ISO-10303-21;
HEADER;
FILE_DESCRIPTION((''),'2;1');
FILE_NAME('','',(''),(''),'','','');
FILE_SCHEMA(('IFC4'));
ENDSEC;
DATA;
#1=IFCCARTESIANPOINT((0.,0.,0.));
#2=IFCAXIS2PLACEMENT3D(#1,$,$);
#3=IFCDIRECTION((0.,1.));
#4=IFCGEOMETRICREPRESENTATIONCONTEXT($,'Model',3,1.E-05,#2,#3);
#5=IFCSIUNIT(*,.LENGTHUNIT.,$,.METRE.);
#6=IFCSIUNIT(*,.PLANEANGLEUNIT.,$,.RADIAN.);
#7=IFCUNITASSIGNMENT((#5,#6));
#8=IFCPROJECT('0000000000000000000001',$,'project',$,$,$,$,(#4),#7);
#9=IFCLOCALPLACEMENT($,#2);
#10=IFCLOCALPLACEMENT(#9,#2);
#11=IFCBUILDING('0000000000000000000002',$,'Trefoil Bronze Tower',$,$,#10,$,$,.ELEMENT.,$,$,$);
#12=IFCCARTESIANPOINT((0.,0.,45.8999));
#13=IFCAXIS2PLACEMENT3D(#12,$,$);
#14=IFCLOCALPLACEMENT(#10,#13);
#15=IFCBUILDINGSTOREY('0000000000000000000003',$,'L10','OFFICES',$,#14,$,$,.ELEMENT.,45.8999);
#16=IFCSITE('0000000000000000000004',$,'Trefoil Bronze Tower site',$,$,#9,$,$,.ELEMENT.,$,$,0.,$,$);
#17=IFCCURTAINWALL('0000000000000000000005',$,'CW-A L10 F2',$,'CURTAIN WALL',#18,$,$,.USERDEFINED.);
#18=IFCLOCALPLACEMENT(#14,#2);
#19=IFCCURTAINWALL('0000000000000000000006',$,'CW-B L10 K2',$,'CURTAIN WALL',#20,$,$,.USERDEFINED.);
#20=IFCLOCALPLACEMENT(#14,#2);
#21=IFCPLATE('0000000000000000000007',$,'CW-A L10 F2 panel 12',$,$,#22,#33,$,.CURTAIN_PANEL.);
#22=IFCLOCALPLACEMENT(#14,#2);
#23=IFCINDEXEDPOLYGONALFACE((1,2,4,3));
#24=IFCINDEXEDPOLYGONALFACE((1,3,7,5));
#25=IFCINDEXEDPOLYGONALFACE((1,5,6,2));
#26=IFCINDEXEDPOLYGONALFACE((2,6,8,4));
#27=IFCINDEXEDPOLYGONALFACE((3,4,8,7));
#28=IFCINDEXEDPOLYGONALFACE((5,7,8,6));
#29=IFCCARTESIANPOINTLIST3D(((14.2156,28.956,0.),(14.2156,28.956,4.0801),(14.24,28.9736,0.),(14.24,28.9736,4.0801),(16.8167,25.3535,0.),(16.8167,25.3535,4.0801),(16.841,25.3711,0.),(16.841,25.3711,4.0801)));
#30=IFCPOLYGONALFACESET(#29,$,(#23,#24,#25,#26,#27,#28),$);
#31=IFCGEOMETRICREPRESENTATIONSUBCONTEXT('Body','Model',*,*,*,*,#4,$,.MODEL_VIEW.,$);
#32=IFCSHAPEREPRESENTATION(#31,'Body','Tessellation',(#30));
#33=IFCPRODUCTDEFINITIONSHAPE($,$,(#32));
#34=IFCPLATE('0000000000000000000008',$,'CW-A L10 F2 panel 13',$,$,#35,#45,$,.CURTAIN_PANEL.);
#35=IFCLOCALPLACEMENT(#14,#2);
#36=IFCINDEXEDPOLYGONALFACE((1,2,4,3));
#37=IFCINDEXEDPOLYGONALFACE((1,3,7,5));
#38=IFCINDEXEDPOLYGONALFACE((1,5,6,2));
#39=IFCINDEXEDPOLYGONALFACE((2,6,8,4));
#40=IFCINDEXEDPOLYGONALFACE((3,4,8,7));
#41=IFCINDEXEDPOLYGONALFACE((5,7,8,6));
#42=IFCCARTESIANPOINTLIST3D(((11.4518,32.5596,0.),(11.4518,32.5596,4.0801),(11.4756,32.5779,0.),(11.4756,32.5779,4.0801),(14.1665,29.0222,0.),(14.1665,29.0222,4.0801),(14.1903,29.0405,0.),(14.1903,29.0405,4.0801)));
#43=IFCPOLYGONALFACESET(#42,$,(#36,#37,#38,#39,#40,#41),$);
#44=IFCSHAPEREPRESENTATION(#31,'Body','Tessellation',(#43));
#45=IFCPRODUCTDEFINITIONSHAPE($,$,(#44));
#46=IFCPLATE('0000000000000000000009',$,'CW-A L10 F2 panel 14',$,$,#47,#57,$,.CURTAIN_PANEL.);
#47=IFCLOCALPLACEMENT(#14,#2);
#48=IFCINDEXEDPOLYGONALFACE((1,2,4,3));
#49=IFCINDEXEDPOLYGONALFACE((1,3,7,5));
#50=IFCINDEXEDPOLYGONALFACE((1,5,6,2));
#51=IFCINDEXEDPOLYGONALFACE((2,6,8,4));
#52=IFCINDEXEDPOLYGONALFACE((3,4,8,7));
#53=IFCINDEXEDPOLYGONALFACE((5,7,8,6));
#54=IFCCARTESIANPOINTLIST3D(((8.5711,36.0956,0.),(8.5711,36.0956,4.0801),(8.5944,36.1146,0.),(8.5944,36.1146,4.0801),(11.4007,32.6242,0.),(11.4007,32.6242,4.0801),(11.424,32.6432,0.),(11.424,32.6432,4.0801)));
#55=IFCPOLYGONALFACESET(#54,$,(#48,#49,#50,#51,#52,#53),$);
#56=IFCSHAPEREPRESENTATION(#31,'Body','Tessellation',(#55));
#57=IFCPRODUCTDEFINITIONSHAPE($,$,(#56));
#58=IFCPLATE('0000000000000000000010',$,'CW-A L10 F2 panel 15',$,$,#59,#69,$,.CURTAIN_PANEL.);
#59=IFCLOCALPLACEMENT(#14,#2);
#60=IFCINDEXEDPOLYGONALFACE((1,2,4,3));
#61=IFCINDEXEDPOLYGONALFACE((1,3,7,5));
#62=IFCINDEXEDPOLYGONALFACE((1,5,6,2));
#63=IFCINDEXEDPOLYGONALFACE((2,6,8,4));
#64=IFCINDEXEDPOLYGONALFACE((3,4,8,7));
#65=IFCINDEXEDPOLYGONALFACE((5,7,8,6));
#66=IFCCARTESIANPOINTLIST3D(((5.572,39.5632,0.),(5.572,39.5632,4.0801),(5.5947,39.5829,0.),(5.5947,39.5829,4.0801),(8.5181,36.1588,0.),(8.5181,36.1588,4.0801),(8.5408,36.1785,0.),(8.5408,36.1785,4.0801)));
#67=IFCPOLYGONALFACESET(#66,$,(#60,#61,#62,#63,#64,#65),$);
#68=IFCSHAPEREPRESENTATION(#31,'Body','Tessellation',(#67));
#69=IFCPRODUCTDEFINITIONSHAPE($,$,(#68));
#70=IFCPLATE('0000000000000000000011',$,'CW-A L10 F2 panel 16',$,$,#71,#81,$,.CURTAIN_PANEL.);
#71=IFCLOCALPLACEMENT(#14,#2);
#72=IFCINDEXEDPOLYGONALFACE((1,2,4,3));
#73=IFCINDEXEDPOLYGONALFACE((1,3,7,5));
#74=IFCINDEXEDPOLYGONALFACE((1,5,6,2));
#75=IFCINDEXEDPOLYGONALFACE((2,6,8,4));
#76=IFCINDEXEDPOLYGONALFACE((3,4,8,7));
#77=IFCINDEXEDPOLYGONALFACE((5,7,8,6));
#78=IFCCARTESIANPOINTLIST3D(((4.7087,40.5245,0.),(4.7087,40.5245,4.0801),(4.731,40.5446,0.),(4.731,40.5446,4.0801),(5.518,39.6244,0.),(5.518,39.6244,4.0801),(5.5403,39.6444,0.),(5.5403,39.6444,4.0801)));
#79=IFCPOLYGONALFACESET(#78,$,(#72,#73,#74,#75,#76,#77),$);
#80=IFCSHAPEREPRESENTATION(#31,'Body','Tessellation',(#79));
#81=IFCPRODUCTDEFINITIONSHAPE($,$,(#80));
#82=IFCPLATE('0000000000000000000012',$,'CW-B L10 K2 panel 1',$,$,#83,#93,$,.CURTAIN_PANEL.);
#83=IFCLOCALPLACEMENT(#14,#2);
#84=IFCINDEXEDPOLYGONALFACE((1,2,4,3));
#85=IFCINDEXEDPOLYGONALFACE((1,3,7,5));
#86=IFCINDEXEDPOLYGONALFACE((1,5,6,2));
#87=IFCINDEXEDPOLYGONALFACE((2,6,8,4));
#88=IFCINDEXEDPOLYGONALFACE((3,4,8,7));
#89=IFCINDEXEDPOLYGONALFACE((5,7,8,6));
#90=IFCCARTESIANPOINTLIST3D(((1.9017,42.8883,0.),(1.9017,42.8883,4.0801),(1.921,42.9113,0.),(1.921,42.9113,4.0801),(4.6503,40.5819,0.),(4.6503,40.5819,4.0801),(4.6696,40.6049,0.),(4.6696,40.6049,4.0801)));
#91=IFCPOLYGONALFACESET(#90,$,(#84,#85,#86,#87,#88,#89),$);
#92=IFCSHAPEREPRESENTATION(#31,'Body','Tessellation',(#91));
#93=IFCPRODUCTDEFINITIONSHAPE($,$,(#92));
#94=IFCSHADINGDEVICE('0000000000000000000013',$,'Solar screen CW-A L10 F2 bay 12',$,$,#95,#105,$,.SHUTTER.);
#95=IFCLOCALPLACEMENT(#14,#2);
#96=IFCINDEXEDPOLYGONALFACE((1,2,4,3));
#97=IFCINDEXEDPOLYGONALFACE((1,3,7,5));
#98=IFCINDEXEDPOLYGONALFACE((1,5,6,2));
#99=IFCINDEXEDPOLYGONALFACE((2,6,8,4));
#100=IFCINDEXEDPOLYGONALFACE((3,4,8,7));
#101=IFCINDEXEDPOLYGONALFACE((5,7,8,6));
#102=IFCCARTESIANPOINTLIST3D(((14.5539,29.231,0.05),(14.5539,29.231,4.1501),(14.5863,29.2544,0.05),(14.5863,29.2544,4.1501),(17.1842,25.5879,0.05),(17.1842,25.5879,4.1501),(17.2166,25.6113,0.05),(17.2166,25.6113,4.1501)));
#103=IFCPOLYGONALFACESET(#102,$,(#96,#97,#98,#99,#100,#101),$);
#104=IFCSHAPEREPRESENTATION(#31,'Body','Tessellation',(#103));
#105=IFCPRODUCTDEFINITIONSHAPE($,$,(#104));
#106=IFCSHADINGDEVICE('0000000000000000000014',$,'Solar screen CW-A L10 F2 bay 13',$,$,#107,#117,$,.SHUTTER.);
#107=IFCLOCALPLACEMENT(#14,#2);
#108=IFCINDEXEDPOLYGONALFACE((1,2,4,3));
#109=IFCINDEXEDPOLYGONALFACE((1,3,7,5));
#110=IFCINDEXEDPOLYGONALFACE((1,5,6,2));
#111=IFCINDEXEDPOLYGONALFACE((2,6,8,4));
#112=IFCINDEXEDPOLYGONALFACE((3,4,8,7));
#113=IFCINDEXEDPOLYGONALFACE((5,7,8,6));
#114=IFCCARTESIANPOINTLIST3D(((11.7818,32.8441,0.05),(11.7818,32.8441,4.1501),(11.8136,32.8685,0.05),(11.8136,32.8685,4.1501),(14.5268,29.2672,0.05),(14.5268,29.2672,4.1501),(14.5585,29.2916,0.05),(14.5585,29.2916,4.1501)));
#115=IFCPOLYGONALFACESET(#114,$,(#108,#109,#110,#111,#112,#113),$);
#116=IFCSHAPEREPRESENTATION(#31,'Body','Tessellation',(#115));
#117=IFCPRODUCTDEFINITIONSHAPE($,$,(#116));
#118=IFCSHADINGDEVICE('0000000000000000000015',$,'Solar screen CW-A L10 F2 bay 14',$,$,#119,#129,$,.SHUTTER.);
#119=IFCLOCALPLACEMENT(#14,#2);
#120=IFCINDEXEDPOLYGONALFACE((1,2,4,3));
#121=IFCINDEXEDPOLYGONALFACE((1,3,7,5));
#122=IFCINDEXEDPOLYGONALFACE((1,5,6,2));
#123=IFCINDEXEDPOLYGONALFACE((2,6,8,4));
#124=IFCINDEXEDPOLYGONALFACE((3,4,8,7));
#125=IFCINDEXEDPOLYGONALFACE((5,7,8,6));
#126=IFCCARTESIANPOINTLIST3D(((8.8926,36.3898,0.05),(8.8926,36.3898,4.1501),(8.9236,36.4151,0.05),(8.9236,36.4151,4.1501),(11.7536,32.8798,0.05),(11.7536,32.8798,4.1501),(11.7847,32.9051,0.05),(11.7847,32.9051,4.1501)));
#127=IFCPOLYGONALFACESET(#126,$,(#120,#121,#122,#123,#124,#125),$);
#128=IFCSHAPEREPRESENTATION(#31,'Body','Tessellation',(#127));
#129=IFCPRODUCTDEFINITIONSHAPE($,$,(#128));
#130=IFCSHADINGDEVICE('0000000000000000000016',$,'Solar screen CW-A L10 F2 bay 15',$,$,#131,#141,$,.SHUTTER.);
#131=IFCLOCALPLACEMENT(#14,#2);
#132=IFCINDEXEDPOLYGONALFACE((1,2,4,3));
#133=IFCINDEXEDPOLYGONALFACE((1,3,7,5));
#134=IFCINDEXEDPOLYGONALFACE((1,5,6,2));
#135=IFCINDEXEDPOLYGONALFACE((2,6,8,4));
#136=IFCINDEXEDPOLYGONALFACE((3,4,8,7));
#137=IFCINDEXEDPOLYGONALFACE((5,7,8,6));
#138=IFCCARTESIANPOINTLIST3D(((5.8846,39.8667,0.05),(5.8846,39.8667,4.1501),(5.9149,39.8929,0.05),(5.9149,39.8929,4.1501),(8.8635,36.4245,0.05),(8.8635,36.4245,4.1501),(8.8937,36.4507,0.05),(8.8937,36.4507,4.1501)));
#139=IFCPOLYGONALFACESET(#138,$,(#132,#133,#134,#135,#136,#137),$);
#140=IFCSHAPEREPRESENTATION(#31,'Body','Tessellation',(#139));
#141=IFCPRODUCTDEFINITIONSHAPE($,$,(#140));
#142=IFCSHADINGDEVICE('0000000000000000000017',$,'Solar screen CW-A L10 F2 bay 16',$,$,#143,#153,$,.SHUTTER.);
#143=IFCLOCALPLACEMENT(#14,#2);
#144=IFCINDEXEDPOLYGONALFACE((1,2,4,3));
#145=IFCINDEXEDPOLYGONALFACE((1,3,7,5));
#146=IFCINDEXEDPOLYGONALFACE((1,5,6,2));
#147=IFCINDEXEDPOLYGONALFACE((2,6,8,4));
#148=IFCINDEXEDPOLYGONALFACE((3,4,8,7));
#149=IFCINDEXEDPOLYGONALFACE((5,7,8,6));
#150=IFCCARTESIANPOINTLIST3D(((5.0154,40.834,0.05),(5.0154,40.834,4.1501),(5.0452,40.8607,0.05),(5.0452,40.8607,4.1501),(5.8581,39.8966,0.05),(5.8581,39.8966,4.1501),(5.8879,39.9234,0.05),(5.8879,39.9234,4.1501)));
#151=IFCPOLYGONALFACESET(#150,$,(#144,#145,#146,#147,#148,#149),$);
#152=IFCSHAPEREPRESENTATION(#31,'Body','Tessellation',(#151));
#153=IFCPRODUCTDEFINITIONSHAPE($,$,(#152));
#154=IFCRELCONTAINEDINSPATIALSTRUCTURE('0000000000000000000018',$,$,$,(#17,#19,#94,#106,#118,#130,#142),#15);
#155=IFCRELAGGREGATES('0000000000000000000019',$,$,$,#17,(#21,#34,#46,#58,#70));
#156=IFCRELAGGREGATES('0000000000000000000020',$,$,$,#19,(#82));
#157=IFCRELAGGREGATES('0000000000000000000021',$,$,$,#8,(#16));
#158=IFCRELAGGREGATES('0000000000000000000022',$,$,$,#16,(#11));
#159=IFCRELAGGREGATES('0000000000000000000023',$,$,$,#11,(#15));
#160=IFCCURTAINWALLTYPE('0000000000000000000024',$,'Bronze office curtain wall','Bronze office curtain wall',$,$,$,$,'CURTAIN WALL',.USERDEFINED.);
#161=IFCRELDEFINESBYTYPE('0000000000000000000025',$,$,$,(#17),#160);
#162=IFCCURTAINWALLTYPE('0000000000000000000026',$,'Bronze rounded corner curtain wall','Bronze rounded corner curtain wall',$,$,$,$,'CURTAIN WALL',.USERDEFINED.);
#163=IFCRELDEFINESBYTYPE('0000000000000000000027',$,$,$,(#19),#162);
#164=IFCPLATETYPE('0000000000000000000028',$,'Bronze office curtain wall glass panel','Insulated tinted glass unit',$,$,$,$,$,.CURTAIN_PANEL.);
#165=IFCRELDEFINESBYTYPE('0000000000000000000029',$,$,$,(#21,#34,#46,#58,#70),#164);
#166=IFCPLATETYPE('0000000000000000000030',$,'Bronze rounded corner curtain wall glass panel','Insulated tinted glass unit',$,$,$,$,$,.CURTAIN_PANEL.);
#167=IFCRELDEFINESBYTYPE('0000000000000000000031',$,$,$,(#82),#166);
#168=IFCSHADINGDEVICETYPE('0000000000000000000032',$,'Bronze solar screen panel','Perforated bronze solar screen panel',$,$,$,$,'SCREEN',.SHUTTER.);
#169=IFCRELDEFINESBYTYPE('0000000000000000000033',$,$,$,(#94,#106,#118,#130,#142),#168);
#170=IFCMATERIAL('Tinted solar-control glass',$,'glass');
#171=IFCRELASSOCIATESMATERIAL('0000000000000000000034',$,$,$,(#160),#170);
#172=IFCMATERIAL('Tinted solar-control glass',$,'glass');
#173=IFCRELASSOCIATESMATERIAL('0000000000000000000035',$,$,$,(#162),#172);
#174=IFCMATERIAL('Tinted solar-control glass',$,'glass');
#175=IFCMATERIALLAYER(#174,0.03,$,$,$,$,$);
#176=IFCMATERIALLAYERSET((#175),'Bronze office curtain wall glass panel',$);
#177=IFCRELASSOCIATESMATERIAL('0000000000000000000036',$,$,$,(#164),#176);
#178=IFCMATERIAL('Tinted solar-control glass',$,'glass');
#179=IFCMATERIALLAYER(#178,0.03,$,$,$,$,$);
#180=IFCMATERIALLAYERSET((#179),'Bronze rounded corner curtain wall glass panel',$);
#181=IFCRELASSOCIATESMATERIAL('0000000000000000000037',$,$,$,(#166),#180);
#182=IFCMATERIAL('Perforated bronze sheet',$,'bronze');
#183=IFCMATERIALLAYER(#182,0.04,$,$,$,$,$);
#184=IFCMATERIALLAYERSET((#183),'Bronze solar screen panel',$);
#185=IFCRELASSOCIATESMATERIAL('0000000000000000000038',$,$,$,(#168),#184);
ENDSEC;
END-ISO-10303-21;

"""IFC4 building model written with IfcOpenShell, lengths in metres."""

from ifc_helpers import new_model, si_unit, direction, frame, origin, origin_2d, place, context, subcontext, project, spatial, rectangle, extrude, material, layer, layer_set, type_object, element, aggregate, save


model = new_model("IFC4")

# Units and contexts
model_context = context("Model", 3, precision=1e-05, world=origin(), true_north=direction((0.0, 1.0)))
body_context = subcontext(model_context, "Body", "Model", "MODEL_VIEW")
ifc_project = project(units=[si_unit("LENGTHUNIT", "METRE"), si_unit("PLANEANGLEUNIT", "RADIAN")], contexts=[model_context])

# Site, building, storey
site_placement = place(None, origin())
site = spatial("IfcSite", under=ifc_project, at=site_placement, Name="Trefoil Bronze Tower site", CompositionType="ELEMENT", RefElevation=0.0)
building_placement = place(site_placement, origin())
building = spatial("IfcBuilding", under=site, at=building_placement, Name="Trefoil Bronze Tower", CompositionType="ELEMENT")
storey_placement = place(building_placement, frame((0.0, 0.0, 45.8999)))
storey = spatial("IfcBuildingStorey", under=building, at=storey_placement, Name="L10", Description="OFFICES", CompositionType="ELEMENT", Elevation=45.8999)

# Curtain walls
ifc_material_1 = material(Name="Tinted solar-control glass", Category="glass")
curtain_wall_type_1 = type_object("IfcCurtainWallType", Name="Bronze office curtain wall", Description="Bronze office curtain wall", ElementType="CURTAIN WALL", PredefinedType="USERDEFINED", material=ifc_material_1)
curtain_wall_1_placement = place(storey_placement, origin())
curtain_wall_1 = element("IfcCurtainWall", 1, at=curtain_wall_1_placement, inside=storey, type_object=curtain_wall_type_1, Name="CW-A L10 F2", ObjectType="CURTAIN WALL", PredefinedType="USERDEFINED")
ifc_material_2 = material(Name="Tinted solar-control glass", Category="glass")
curtain_wall_type_2 = type_object("IfcCurtainWallType", Name="Bronze rounded corner curtain wall", Description="Bronze rounded corner curtain wall", ElementType="CURTAIN WALL", PredefinedType="USERDEFINED", material=ifc_material_2)
curtain_wall_2_placement = place(storey_placement, origin())
curtain_wall_2 = element("IfcCurtainWall", 2, at=curtain_wall_2_placement, inside=storey, type_object=curtain_wall_type_2, Name="CW-B L10 K2", ObjectType="CURTAIN WALL", PredefinedType="USERDEFINED")

# Plates
ifc_material_3 = material(Name="Tinted solar-control glass", Category="glass")
ifc_layer_1 = layer(ifc_material_3, 0.03)
ifc_layer_set_1 = layer_set([ifc_layer_1], Name="Bronze office curtain wall glass panel")
plate_type_1 = type_object("IfcPlateType", Name="Bronze office curtain wall glass panel", Description="Insulated tinted glass unit", PredefinedType="CURTAIN_PANEL", material=ifc_layer_set_1)
plate_1_placement = place(storey_placement, frame((15.5283, 27.1636, 0.0), z_axis=(0.0, 0.0, 1.0), x_axis=(-0.585373, 0.810764, 0.0)))
plate_1 = element("IfcPlate", 3, at=plate_1_placement, type_object=plate_type_1, Name="CW-A L10 F2 panel 12", PredefinedType="CURTAIN_PANEL", context=body_context, shape_type="SweptSolid", body=[
    extrude(rectangle(XDim=4.4434, YDim=0.03, at=origin_2d()), origin(), (0.0, 0.0, 1.0), 4.0801),
])
plate_2_placement = place(storey_placement, frame((12.821, 30.8, 0.0), z_axis=(0.0, 0.0, 1.0), x_axis=(-0.608808, 0.793318, 0.0)))
plate_2 = element("IfcPlate", 4, at=plate_2_placement, type_object=plate_type_1, Name="CW-A L10 F2 panel 13", PredefinedType="CURTAIN_PANEL", context=body_context, shape_type="SweptSolid", body=[
    extrude(rectangle(XDim=4.459, YDim=0.03, at=origin_2d()), origin(), (0.0, 0.0, 1.0), 4.0801),
])
plate_3_placement = place(storey_placement, frame((9.9976, 34.3694, 0.0), z_axis=(0.0, 0.0, 1.0), x_axis=(-0.631811, 0.775123, 0.0)))
plate_3 = element("IfcPlate", 5, at=plate_3_placement, type_object=plate_type_1, Name="CW-A L10 F2 panel 14", PredefinedType="CURTAIN_PANEL", context=body_context, shape_type="SweptSolid", body=[
    extrude(rectangle(XDim=4.4785, YDim=0.03, at=origin_2d()), origin(), (0.0, 0.0, 1.0), 4.0801),
])
plate_4_placement = place(storey_placement, frame((7.0564, 37.8708, 0.0), z_axis=(0.0, 0.0, 1.0), x_axis=(-0.654376, 0.756169, 0.0)))
plate_4 = element("IfcPlate", 6, at=plate_4_placement, type_object=plate_type_1, Name="CW-A L10 F2 panel 15", PredefinedType="CURTAIN_PANEL", context=body_context, shape_type="SweptSolid", body=[
    extrude(rectangle(XDim=4.5022, YDim=0.03, at=origin_2d()), origin(), (0.0, 0.0, 1.0), 4.0801),
])
plate_5_placement = place(storey_placement, frame((5.1245, 40.0845, 0.0), z_axis=(0.0, 0.0, 1.0), x_axis=(-0.668575, 0.743645, 0.0)))
plate_5 = element("IfcPlate", 7, at=plate_5_placement, type_object=plate_type_1, Name="CW-A L10 F2 panel 16", PredefinedType="CURTAIN_PANEL", context=body_context, shape_type="SweptSolid", body=[
    extrude(rectangle(XDim=1.2104, YDim=0.03, at=origin_2d()), origin(), (0.0, 0.0, 1.0), 4.0801),
])
aggregate(curtain_wall_1, [plate_1, plate_2, plate_3, plate_4, plate_5])
ifc_material_4 = material(Name="Tinted solar-control glass", Category="glass")
ifc_layer_2 = layer(ifc_material_4, 0.03)
ifc_layer_set_2 = layer_set([ifc_layer_2], Name="Bronze rounded corner curtain wall glass panel")
plate_type_2 = type_object("IfcPlateType", Name="Bronze rounded corner curtain wall glass panel", Description="Insulated tinted glass unit", PredefinedType="CURTAIN_PANEL", material=ifc_layer_set_2)
plate_6_placement = place(storey_placement, frame((3.2856, 41.7466, 0.0), z_axis=(0.0, 0.0, 1.0), x_axis=(-0.766044, 0.642788, 0.0)))
plate_6 = element("IfcPlate", 8, at=plate_6_placement, type_object=plate_type_2, Name="CW-B L10 K2 panel 1", PredefinedType="CURTAIN_PANEL", context=body_context, shape_type="SweptSolid", body=[
    extrude(rectangle(XDim=3.5881, YDim=0.03, at=origin_2d()), origin(), (0.0, 0.0, 1.0), 4.0801),
])
aggregate(curtain_wall_2, [plate_6])

# Shading devices
ifc_material_5 = material(Name="Perforated bronze sheet", Category="bronze")
ifc_layer_3 = layer(ifc_material_5, 0.04)
ifc_layer_set_3 = layer_set([ifc_layer_3], Name="Bronze solar screen panel")
shading_device_type = type_object("IfcShadingDeviceType", Name="Bronze solar screen panel", Description="Perforated bronze solar screen panel", ElementType="SCREEN", PredefinedType="SHUTTER", material=ifc_layer_set_3)
shading_device_1_placement = place(storey_placement, frame((15.8853, 27.4211, 0.05), z_axis=(0.0, 0.0, 1.0), x_axis=(-0.585373, 0.810764, 0.0)))
element("IfcShadingDevice", 9, at=shading_device_1_placement, inside=storey, type_object=shading_device_type, Name="Solar screen CW-A L10 F2 bay 12", PredefinedType="SHUTTER", context=body_context, shape_type="SweptSolid", body=[
    extrude(rectangle(XDim=4.4934, YDim=0.04, at=origin_2d()), origin(), (0.0, 0.0, 1.0), 4.1001),
])
shading_device_2_placement = place(storey_placement, frame((13.1702, 31.0679, 0.05), z_axis=(0.0, 0.0, 1.0), x_axis=(-0.608808, 0.793318, 0.0)))
element("IfcShadingDevice", 10, at=shading_device_2_placement, inside=storey, type_object=shading_device_type, Name="Solar screen CW-A L10 F2 bay 13", PredefinedType="SHUTTER", context=body_context, shape_type="SweptSolid", body=[
    extrude(rectangle(XDim=4.5088, YDim=0.04, at=origin_2d()), origin(), (0.0, 0.0, 1.0), 4.1001),
])
shading_device_3_placement = place(storey_placement, frame((10.3386, 34.6475, 0.05), z_axis=(0.0, 0.0, 1.0), x_axis=(-0.631811, 0.775123, 0.0)))
element("IfcShadingDevice", 11, at=shading_device_3_placement, inside=storey, type_object=shading_device_type, Name="Solar screen CW-A L10 F2 bay 14", PredefinedType="SHUTTER", context=body_context, shape_type="SweptSolid", body=[
    extrude(rectangle(XDim=4.5283, YDim=0.04, at=origin_2d()), origin(), (0.0, 0.0, 1.0), 4.1001),
])
shading_device_4_placement = place(storey_placement, frame((7.3892, 38.1587, 0.05), z_axis=(0.0, 0.0, 1.0), x_axis=(-0.654376, 0.756169, 0.0)))
element("IfcShadingDevice", 12, at=shading_device_4_placement, inside=storey, type_object=shading_device_type, Name="Solar screen CW-A L10 F2 bay 15", PredefinedType="SHUTTER", context=body_context, shape_type="SweptSolid", body=[
    extrude(rectangle(XDim=4.5522, YDim=0.04, at=origin_2d()), origin(), (0.0, 0.0, 1.0), 4.1001),
])
shading_device_5_placement = place(storey_placement, frame((5.4517, 40.3787, 0.05), z_axis=(0.0, 0.0, 1.0), x_axis=(-0.668575, 0.743645, 0.0)))
element("IfcShadingDevice", 13, at=shading_device_5_placement, inside=storey, type_object=shading_device_type, Name="Solar screen CW-A L10 F2 bay 16", PredefinedType="SHUTTER", context=body_context, shape_type="SweptSolid", body=[
    extrude(rectangle(XDim=1.2605, YDim=0.04, at=origin_2d()), origin(), (0.0, 0.0, 1.0), 4.1001),
])

save(model, "model.ifc")
